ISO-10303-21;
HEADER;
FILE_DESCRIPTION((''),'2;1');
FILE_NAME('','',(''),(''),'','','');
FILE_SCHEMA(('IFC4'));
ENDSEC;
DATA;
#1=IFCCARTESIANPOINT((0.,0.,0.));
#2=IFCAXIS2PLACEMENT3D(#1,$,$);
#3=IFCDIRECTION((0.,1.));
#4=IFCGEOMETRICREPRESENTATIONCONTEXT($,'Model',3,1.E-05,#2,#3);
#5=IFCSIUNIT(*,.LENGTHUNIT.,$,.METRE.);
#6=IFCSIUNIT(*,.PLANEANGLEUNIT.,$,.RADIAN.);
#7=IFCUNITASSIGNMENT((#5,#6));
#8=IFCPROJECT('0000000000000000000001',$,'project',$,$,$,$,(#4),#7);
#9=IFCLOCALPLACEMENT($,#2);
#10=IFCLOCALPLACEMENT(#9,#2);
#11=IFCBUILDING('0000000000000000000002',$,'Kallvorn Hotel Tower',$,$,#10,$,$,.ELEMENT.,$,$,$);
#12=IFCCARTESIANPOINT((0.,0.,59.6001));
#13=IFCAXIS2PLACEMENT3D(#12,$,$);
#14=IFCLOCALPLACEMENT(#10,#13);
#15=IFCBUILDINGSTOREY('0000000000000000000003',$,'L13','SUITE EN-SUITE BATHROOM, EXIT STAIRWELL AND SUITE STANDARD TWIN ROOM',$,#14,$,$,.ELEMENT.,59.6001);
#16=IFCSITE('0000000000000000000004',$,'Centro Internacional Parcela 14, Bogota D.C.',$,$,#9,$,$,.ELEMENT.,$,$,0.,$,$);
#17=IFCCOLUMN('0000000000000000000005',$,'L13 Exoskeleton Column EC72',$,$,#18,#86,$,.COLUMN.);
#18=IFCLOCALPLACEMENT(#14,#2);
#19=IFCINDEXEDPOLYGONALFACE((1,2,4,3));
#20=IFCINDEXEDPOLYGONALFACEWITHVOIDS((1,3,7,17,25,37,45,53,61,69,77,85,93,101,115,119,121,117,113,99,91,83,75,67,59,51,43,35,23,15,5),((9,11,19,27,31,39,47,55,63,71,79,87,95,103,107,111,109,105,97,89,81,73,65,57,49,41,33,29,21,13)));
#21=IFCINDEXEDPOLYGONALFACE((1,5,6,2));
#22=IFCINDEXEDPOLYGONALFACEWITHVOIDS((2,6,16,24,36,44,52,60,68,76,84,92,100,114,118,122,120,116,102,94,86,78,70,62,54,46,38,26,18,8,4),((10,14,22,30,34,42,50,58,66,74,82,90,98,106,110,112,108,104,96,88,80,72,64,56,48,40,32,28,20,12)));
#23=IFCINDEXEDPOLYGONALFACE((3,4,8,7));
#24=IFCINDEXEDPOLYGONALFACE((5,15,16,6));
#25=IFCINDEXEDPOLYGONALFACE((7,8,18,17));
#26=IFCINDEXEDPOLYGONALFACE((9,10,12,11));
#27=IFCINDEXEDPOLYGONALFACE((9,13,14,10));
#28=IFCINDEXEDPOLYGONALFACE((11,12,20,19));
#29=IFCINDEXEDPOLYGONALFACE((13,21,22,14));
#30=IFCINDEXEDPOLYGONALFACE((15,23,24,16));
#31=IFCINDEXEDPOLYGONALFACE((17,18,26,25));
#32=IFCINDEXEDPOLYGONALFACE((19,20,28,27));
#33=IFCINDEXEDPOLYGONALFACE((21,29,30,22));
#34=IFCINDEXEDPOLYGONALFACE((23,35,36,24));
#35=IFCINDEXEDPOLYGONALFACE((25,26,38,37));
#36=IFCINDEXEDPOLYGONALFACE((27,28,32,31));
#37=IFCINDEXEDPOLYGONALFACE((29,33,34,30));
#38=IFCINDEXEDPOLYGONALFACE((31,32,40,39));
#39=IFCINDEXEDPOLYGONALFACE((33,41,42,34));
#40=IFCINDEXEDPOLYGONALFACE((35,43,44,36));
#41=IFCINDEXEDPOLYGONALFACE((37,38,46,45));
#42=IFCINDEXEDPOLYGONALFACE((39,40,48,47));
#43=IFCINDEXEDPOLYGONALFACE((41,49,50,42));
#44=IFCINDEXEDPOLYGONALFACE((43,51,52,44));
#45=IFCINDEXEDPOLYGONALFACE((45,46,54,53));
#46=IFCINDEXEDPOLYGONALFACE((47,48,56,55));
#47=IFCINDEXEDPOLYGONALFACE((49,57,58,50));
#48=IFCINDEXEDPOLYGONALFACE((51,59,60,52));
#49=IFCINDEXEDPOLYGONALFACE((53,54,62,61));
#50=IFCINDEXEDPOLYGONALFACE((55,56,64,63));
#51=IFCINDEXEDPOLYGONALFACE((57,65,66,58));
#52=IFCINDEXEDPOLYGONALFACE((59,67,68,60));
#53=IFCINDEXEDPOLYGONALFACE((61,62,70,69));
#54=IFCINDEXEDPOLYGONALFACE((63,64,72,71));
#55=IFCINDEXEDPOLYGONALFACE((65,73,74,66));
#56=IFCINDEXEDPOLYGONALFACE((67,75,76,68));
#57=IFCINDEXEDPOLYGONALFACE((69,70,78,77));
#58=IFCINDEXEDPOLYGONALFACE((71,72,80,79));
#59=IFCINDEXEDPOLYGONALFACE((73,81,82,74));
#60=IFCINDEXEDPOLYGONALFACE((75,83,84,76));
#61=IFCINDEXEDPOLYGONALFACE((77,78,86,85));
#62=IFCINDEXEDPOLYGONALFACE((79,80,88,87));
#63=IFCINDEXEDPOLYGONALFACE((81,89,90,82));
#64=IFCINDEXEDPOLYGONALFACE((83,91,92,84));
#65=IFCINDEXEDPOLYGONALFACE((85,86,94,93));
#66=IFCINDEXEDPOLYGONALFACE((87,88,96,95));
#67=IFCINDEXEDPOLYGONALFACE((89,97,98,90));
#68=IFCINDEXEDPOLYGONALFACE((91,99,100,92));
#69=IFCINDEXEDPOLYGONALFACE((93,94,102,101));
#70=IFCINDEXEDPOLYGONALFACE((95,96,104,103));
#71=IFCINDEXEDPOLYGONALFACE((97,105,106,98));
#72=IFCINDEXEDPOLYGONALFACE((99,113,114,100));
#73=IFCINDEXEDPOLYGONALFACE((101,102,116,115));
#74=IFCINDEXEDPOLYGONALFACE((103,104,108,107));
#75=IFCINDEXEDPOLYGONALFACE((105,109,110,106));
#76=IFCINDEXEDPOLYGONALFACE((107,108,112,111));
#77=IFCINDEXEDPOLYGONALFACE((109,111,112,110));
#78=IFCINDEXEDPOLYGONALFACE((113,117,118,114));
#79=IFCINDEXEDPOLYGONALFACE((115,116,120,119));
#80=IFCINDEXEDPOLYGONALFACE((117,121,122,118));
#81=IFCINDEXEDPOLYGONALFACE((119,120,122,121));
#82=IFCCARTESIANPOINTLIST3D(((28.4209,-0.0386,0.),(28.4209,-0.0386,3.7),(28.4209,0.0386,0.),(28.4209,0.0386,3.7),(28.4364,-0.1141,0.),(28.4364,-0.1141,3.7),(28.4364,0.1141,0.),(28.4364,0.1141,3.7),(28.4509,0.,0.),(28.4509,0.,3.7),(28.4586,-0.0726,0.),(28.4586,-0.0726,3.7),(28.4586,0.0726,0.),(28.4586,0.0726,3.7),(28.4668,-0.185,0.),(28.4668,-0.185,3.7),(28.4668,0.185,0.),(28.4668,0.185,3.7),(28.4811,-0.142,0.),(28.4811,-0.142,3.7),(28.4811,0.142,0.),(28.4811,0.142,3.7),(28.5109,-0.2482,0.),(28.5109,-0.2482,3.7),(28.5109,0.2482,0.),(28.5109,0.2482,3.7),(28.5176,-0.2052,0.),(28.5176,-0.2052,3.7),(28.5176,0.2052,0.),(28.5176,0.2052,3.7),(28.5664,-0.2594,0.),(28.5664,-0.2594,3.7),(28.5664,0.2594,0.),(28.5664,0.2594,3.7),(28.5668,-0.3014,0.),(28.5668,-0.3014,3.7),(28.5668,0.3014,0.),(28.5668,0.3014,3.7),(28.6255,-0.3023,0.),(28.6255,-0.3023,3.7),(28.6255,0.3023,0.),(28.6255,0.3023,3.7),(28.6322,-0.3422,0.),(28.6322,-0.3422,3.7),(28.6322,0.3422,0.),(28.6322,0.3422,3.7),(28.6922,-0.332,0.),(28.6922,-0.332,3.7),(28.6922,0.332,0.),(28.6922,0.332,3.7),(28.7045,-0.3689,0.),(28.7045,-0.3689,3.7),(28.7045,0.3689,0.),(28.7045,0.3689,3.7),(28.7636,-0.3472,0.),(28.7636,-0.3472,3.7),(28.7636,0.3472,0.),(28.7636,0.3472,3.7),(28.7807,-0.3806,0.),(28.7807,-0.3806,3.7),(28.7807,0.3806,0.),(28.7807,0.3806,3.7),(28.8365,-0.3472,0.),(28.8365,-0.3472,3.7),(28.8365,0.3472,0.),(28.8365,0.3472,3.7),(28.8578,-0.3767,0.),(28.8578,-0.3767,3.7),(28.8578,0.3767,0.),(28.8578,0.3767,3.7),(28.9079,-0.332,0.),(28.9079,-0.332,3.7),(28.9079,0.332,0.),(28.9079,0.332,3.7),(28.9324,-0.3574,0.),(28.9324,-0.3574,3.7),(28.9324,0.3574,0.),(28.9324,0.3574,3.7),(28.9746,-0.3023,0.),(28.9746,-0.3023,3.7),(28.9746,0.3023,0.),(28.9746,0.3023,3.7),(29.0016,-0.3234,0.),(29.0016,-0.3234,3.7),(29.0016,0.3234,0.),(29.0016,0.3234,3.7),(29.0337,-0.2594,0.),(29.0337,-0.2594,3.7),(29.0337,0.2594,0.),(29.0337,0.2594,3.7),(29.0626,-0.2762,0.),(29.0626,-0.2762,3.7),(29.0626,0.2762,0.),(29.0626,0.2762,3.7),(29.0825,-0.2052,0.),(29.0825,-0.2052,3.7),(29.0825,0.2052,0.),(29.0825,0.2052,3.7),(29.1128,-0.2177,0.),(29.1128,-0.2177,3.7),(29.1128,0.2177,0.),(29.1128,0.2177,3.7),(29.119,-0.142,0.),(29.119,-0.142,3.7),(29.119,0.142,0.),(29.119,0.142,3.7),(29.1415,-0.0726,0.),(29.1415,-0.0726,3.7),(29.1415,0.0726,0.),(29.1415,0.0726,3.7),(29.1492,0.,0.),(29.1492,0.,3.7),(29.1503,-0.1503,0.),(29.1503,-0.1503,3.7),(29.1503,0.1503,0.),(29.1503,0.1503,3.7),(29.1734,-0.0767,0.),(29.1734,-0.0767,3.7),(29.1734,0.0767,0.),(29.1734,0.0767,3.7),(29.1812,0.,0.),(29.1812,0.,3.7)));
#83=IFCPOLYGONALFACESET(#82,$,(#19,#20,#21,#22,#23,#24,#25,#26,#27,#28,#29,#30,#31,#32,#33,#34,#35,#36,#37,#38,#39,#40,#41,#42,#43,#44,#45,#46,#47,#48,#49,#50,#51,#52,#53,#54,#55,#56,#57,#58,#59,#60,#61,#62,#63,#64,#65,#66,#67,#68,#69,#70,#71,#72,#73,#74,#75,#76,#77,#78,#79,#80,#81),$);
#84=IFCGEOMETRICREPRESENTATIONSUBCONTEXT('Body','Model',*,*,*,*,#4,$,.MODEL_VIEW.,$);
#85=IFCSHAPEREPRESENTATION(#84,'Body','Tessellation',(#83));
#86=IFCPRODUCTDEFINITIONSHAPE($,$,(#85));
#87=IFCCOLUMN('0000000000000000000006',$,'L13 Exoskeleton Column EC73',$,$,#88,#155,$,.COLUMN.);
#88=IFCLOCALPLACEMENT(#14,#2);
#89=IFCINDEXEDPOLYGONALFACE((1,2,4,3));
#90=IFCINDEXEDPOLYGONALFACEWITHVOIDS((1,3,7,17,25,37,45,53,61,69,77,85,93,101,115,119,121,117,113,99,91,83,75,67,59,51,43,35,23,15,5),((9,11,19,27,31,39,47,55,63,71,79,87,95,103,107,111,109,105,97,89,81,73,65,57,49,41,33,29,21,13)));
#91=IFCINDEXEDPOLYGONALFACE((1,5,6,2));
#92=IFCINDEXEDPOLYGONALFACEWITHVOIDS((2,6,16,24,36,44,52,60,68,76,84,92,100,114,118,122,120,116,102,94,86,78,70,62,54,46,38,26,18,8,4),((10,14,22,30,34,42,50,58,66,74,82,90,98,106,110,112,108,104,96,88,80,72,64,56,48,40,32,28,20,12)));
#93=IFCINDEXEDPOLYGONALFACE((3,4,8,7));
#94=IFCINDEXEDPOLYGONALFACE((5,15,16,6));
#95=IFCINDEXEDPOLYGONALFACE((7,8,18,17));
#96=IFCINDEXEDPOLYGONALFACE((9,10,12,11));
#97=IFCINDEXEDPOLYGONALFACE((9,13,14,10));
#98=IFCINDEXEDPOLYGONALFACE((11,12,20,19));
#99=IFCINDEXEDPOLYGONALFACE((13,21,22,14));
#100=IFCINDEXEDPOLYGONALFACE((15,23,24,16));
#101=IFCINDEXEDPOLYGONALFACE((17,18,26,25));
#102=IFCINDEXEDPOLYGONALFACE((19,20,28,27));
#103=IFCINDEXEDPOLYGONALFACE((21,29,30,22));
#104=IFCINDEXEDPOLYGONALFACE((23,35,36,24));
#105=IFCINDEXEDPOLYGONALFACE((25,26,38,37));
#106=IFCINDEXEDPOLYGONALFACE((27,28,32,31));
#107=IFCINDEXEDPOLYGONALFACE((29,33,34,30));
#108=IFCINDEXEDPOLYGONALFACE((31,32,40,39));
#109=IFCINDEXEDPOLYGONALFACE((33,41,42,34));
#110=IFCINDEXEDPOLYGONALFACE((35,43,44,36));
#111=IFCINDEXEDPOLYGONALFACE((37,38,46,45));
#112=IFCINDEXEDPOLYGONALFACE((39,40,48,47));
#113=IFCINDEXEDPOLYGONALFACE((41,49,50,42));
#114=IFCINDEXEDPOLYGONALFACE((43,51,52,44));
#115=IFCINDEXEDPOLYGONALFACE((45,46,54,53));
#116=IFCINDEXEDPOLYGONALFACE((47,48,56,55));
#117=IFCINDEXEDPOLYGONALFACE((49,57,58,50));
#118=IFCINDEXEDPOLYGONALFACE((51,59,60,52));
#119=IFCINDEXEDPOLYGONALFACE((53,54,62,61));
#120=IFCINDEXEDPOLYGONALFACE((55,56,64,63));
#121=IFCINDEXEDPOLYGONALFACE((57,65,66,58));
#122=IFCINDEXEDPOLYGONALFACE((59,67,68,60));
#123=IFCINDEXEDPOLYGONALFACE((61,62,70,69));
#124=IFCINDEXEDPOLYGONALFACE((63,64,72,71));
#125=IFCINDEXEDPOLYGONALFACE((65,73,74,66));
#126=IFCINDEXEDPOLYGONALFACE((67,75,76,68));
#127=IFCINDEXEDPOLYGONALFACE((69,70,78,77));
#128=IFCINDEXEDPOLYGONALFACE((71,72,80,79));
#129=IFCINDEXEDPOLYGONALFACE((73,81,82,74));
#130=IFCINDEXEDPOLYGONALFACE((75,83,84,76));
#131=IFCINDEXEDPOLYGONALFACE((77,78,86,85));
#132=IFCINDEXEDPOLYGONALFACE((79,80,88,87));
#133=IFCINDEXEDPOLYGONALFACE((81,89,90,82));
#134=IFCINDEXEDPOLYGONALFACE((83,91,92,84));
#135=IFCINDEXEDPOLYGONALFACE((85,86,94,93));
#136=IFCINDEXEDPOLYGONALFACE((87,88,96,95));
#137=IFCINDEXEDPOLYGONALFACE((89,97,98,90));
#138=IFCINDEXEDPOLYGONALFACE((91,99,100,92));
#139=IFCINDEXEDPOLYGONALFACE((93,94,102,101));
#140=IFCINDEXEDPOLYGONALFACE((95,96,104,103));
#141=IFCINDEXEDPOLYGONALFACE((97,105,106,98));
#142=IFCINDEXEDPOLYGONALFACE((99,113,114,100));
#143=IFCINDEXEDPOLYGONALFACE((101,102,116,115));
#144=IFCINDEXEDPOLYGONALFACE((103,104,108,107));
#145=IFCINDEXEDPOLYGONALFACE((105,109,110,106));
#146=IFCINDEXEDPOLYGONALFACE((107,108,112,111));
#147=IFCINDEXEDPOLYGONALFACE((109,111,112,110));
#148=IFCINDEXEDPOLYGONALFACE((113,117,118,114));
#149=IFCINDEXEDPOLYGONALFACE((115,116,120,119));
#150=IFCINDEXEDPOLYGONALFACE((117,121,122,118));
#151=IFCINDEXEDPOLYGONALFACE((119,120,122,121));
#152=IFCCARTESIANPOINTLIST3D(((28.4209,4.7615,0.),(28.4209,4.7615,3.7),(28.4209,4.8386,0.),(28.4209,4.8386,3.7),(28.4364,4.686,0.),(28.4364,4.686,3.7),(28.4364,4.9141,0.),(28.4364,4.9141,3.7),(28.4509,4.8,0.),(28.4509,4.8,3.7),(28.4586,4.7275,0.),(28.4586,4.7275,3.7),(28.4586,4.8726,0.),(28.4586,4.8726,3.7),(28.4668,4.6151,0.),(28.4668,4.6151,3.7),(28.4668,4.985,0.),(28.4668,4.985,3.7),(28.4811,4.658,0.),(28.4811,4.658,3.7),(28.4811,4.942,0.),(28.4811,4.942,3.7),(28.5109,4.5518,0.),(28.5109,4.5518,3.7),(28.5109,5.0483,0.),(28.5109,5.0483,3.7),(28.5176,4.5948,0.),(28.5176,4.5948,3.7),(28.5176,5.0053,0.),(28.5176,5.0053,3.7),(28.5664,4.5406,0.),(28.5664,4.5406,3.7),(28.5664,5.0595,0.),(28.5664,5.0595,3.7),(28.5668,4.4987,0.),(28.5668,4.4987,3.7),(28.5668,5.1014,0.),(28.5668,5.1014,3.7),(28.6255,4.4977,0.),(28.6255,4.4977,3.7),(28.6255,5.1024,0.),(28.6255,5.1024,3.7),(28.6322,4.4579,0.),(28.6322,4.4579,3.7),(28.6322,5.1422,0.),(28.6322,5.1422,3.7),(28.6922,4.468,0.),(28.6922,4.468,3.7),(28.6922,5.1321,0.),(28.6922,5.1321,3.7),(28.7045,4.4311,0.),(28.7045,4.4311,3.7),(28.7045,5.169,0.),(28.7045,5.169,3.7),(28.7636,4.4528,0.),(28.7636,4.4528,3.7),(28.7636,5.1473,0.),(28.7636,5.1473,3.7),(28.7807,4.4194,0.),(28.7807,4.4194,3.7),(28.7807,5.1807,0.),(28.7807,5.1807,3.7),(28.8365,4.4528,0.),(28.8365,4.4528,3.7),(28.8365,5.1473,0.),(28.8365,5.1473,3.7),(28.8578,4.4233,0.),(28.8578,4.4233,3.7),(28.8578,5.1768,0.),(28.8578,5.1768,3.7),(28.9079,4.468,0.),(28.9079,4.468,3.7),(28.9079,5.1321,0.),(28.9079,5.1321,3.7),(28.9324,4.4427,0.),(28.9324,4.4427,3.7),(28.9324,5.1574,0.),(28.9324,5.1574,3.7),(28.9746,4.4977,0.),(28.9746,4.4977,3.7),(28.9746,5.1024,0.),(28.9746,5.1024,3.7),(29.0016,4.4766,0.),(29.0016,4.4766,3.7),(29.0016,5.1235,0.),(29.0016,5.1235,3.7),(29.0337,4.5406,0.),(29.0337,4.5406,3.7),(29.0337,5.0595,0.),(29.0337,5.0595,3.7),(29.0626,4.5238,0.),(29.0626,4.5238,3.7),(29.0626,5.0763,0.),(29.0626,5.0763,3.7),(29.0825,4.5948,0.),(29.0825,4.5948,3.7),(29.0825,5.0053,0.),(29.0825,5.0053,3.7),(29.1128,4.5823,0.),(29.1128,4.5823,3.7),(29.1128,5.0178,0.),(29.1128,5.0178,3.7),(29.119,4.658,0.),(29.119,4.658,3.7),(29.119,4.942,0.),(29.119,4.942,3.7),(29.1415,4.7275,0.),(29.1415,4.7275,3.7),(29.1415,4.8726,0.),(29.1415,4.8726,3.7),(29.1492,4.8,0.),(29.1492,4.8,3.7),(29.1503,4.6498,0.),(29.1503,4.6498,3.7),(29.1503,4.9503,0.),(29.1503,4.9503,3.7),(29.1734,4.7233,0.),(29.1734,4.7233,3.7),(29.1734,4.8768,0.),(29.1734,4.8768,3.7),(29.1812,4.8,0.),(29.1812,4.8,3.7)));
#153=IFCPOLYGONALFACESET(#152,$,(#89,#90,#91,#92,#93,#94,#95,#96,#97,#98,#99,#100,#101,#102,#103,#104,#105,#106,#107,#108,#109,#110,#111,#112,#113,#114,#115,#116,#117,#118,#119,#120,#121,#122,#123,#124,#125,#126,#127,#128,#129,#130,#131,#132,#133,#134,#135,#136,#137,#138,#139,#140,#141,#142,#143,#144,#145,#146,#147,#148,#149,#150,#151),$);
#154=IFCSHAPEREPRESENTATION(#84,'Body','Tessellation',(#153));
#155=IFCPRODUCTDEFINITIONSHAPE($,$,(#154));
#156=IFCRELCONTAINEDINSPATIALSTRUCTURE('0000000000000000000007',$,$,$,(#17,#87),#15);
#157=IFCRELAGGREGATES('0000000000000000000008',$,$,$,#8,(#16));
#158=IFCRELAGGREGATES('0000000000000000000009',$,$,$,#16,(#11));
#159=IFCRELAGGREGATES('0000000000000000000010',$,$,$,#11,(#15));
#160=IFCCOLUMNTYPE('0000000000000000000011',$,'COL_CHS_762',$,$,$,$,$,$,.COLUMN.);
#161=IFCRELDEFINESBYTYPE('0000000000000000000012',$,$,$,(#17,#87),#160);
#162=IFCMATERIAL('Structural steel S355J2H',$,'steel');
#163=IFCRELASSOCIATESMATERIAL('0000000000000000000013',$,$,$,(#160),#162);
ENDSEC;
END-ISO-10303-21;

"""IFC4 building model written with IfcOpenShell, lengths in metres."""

from ifc_helpers import new_model, si_unit, direction, frame, origin, origin_2d, place, context, subcontext, project, spatial, hollow_circle, extrude, material, material_profile, profile_set, type_object, element, save


model = new_model("IFC4")

# Units and contexts
model_context = context("Model", 3, precision=1e-05, world=origin(), true_north=direction((0.0, 1.0)))
body_context = subcontext(model_context, "Body", "Model", "MODEL_VIEW")
ifc_project = project(units=[si_unit("LENGTHUNIT", "METRE"), si_unit("PLANEANGLEUNIT", "RADIAN")], contexts=[model_context])

# Site, building, storey
site_placement = place(None, origin())
site = spatial("IfcSite", under=ifc_project, at=site_placement, Name="Centro Internacional Parcela 14, Bogota D.C.", CompositionType="ELEMENT", RefElevation=0.0)
building_placement = place(site_placement, origin())
building = spatial("IfcBuilding", under=site, at=building_placement, Name="Kallvorn Hotel Tower", CompositionType="ELEMENT")
storey_placement = place(building_placement, frame((0.0, 0.0, 59.6001)))
storey = spatial("IfcBuildingStorey", under=building, at=storey_placement, Name="L13", Description="SUITE EN-SUITE BATHROOM, EXIT STAIRWELL AND SUITE STANDARD TWIN ROOM", CompositionType="ELEMENT", Elevation=59.6001)

# Columns
ifc_material_1 = material(Name="Structural steel S355J2H", Category="steel")
ifc_material_profile_1 = material_profile(ifc_material_1, hollow_circle(Radius=0.3811, WallThickness=0.032, at=origin_2d()), Name="CHS 762x32")
ifc_profile_set_1 = profile_set([ifc_material_profile_1], Name="Structural steel S355J2H")
column_type_1 = type_object("IfcColumnType", Name="COL_CHS_762", PredefinedType="COLUMN", material=ifc_profile_set_1)
for number, where, z_axis, x_axis, name in (
    (1, (28.8, 0.0, 0.0), (0.0, 0.0, 1.0), (1.0, 0.0, 0.0), "L13 Exoskeleton Column EC72"),
    (2, (28.8, 4.8, 0.0), (0.0, 0.0, 1.0), (1.0, 0.0, 0.0), "L13 Exoskeleton Column EC73"),
):
    element("IfcColumn", number, at=place(storey_placement, frame(where, z_axis=z_axis, x_axis=x_axis)), inside=storey, type_object=column_type_1, Name=name, PredefinedType="COLUMN", context=body_context, shape_type="SweptSolid", body=[
        extrude(hollow_circle(Radius=0.3811, WallThickness=0.032, at=origin_2d()), origin(), (0.0, 0.0, 1.0), 3.7),
    ])

save(model, "model.ifc")
